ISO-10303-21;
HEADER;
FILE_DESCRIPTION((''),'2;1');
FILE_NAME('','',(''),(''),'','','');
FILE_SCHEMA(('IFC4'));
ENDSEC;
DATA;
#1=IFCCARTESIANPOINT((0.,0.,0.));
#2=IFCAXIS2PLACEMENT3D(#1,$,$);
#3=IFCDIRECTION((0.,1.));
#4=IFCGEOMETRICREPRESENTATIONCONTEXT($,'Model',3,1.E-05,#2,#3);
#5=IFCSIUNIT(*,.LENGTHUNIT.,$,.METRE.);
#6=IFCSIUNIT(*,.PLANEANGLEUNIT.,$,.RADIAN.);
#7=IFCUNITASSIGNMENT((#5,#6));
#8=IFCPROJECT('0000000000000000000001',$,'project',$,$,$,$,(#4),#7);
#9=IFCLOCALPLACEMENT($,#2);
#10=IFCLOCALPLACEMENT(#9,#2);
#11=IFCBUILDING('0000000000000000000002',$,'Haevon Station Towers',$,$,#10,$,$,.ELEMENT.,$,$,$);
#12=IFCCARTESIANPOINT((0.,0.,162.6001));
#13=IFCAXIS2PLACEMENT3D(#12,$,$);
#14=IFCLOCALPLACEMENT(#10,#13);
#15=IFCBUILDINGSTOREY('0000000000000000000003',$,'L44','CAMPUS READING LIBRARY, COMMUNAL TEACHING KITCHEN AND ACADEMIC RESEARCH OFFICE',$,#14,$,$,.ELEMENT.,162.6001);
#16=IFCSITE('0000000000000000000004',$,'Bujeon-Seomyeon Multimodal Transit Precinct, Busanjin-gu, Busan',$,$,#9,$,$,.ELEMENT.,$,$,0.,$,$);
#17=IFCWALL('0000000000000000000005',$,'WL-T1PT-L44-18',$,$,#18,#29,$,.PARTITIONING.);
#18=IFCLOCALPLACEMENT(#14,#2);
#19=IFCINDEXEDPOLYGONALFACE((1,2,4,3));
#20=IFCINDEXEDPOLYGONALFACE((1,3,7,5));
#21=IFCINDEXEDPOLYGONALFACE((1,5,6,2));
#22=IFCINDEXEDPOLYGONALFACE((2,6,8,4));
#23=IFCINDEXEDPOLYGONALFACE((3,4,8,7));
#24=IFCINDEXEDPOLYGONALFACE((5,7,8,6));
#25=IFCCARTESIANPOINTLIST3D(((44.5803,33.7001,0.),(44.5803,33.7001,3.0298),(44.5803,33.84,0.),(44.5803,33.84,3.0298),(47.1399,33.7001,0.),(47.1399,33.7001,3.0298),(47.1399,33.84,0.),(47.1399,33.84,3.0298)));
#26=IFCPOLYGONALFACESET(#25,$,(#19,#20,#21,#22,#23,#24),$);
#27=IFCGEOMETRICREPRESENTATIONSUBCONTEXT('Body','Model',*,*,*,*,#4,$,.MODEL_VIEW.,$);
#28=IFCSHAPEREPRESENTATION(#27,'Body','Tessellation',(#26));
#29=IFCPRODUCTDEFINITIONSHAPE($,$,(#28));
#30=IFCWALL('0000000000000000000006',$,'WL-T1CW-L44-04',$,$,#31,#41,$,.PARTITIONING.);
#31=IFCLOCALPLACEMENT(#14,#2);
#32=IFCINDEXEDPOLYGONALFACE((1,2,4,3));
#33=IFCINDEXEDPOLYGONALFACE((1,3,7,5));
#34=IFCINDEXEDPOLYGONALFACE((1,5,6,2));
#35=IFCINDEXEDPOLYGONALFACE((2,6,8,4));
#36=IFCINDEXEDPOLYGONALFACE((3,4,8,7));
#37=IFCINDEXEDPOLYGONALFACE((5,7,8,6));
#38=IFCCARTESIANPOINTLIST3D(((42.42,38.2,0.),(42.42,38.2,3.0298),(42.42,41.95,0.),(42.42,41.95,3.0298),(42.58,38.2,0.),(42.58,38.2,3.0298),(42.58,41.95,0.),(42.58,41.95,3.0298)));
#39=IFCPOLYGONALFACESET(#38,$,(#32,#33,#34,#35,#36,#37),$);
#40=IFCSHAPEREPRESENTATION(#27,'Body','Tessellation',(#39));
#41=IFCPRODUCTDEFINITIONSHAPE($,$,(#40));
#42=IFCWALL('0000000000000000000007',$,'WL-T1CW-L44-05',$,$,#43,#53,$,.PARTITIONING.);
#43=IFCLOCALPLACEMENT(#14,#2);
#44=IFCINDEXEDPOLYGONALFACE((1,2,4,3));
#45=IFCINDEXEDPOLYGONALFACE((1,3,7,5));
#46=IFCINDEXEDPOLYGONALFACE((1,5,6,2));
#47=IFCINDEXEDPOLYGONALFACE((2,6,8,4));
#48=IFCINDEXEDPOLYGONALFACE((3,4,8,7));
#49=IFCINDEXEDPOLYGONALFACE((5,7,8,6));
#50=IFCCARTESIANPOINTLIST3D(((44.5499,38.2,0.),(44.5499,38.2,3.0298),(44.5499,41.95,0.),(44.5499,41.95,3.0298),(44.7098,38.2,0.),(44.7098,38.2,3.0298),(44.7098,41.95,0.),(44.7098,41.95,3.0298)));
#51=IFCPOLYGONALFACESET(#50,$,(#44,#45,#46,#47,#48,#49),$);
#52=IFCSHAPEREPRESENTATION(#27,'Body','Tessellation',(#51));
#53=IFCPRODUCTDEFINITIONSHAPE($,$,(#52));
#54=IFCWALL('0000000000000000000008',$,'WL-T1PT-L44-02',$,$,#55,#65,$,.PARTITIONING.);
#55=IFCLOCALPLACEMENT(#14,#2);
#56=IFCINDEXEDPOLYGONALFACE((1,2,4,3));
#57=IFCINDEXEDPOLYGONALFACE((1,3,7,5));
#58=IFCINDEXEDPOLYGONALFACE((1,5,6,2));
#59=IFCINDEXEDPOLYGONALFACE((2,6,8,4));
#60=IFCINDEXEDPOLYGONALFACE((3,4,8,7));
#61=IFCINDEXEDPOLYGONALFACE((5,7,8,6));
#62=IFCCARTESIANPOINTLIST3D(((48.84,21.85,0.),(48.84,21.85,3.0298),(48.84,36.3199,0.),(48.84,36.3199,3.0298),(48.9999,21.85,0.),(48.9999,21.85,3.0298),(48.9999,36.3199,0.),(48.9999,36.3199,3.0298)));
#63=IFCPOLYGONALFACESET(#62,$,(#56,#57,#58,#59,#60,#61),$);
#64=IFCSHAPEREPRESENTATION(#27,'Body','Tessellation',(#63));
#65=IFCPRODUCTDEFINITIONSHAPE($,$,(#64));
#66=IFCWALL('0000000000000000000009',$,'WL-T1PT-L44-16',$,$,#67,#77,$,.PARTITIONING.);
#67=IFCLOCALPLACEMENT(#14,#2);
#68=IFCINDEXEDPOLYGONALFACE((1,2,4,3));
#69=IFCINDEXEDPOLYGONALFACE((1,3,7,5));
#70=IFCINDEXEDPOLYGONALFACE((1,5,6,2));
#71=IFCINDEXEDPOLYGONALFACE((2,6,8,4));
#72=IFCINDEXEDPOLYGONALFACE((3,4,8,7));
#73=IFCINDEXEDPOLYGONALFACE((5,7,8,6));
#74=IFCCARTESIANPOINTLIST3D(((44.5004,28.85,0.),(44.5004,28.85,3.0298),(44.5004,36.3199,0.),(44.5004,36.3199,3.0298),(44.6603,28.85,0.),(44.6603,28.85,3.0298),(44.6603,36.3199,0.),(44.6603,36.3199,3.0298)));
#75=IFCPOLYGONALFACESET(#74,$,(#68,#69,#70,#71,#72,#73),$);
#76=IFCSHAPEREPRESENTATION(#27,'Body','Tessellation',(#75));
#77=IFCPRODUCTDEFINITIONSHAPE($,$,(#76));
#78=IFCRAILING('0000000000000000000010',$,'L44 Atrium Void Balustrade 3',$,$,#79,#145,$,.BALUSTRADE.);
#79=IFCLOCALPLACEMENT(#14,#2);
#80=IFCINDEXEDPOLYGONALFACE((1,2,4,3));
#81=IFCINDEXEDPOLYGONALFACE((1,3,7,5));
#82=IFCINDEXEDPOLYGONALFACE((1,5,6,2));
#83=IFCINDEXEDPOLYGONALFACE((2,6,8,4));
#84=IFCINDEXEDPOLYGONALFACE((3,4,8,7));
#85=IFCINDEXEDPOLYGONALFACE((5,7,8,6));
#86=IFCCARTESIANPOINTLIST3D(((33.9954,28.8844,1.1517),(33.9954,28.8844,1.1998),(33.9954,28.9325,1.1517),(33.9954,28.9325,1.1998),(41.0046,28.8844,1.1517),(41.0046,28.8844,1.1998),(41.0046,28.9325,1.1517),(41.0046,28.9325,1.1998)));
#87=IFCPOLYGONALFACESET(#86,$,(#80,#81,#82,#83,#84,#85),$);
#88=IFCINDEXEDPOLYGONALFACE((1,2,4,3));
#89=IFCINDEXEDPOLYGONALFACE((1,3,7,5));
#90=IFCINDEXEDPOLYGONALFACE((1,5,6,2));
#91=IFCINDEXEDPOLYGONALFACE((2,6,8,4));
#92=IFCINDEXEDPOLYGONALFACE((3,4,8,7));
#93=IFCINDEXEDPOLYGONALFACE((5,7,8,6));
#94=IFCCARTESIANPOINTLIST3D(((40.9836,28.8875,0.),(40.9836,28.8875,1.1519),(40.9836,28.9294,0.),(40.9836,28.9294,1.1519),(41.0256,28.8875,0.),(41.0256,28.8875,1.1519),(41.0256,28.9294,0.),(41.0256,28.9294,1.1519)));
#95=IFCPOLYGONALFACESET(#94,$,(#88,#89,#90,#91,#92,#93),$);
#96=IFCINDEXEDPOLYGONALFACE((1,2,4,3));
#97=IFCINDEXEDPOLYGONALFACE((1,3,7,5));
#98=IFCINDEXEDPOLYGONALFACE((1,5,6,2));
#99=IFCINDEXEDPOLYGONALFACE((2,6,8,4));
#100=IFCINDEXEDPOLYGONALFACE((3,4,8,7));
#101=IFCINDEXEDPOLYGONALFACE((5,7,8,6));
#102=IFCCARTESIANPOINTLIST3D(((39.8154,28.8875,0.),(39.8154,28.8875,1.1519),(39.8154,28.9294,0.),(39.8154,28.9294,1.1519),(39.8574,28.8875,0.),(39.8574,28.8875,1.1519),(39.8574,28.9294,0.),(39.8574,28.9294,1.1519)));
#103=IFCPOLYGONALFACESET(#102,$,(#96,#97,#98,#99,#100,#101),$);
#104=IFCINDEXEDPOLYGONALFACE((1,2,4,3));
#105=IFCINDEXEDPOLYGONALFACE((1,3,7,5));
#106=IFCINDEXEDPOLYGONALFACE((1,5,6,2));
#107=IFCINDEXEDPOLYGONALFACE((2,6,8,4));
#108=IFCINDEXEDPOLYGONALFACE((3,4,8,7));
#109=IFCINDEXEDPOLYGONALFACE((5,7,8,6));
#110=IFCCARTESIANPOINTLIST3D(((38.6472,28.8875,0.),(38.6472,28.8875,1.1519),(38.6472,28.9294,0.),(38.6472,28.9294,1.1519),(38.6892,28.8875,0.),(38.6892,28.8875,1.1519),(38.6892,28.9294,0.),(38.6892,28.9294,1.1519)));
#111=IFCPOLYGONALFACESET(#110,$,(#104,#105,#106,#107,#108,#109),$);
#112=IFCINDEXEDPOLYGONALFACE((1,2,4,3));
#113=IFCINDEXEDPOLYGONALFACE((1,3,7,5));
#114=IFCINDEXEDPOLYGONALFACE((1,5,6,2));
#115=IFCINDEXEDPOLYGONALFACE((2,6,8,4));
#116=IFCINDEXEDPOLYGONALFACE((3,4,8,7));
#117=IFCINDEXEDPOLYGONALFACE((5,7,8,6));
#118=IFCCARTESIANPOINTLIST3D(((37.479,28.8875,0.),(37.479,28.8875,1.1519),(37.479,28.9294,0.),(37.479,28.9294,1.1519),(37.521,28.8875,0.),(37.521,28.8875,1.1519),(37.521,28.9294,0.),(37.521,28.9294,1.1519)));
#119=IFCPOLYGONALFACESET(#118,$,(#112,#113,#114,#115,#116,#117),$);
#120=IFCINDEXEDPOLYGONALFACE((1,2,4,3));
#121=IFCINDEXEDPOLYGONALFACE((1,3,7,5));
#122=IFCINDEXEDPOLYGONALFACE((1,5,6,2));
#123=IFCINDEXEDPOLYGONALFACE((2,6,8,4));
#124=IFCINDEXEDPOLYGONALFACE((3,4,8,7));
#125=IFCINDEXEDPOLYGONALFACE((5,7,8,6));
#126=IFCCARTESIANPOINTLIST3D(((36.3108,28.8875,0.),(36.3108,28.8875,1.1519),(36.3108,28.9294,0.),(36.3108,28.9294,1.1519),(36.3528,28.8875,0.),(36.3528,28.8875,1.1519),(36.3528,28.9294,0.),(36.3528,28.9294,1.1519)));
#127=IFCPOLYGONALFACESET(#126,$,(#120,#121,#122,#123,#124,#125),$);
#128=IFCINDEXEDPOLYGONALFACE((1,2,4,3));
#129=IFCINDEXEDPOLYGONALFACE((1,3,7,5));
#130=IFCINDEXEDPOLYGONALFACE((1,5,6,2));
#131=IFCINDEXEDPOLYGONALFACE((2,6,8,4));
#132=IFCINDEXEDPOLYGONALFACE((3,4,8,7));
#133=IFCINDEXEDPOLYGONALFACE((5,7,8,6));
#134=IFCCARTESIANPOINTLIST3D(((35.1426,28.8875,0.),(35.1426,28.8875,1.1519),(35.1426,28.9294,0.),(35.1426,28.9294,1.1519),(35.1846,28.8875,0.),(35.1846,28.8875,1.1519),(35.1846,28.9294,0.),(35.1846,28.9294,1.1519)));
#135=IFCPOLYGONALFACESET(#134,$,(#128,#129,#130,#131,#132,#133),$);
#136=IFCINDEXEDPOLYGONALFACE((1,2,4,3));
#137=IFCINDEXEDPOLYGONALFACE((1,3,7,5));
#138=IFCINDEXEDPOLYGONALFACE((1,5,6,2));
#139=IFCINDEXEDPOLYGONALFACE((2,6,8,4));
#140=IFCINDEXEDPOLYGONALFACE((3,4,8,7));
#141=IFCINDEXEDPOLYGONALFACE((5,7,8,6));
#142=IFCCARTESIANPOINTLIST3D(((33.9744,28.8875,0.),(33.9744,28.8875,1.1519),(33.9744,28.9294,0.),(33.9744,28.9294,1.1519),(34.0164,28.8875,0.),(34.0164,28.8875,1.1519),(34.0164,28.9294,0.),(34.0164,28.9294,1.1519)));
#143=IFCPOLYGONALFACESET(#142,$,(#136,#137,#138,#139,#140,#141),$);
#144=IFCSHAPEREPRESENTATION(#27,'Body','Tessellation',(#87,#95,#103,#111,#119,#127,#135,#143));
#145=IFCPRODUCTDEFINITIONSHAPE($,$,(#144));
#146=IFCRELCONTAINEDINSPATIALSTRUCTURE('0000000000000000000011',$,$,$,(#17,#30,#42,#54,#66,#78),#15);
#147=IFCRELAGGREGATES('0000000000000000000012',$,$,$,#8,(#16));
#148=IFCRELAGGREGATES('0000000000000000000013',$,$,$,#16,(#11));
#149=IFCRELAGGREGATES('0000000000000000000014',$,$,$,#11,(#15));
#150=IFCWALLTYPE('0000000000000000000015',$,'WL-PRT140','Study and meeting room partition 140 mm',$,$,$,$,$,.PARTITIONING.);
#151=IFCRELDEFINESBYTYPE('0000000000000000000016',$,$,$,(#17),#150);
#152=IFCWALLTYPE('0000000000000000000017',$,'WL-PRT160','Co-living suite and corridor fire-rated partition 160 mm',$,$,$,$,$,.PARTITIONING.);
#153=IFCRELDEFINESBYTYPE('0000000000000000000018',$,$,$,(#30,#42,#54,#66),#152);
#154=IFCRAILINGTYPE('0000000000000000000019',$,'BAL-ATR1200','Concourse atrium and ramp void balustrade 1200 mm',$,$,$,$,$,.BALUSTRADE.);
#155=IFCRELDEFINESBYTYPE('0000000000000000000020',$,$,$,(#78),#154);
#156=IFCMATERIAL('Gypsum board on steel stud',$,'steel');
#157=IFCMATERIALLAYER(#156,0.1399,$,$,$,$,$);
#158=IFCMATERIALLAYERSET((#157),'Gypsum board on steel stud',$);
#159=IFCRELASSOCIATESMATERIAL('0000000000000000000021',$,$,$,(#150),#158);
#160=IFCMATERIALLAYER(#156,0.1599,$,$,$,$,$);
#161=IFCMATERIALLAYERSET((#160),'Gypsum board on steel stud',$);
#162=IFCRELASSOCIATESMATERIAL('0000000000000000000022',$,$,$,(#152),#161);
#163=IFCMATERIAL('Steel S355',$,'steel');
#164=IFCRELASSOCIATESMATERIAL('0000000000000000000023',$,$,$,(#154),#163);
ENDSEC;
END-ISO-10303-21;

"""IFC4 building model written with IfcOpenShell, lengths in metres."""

from ifc_helpers import new_model, si_unit, direction, frame, frame_2d, origin, origin_2d, place, context, subcontext, project, spatial, rectangle, extrude, material, layer, layer_set, type_object, element, save


model = new_model("IFC4")

# Units and contexts
model_context = context("Model", 3, precision=1e-05, world=origin(), true_north=direction((0.0, 1.0)))
body_context = subcontext(model_context, "Body", "Model", "MODEL_VIEW")
ifc_project = project(units=[si_unit("LENGTHUNIT", "METRE"), si_unit("PLANEANGLEUNIT", "RADIAN")], contexts=[model_context])

# Site, building, storey
site_placement = place(None, origin())
site = spatial("IfcSite", under=ifc_project, at=site_placement, Name="Bujeon-Seomyeon Multimodal Transit Precinct, Busanjin-gu, Busan", CompositionType="ELEMENT", RefElevation=0.0)
building_placement = place(site_placement, origin())
building = spatial("IfcBuilding", under=site, at=building_placement, Name="Haevon Station Towers", CompositionType="ELEMENT")
storey_placement = place(building_placement, frame((0.0, 0.0, 162.6001)))
storey = spatial("IfcBuildingStorey", under=building, at=storey_placement, Name="L44", Description="CAMPUS READING LIBRARY, COMMUNAL TEACHING KITCHEN AND ACADEMIC RESEARCH OFFICE", CompositionType="ELEMENT", Elevation=162.6001)

# Shared definitions
ifc_material_1 = material(Name="Steel S355", Category="steel")

# Shared definitions
ifc_material_2 = material(Name="Gypsum board on steel stud", Category="steel")

# Walls
ifc_layer_1 = layer(ifc_material_2, 0.1399)
ifc_layer_set_1 = layer_set([ifc_layer_1], Name="Gypsum board on steel stud")
wall_type_1 = type_object("IfcWallType", Name="WL-PRT140", Description="Study and meeting room partition 140 mm", PredefinedType="PARTITIONING", material=ifc_layer_set_1)
wall_1_placement = place(storey_placement, frame((44.5803, 33.77, 0.0), z_axis=(0.0, 0.0, 1.0), x_axis=(1.0, 0.0, 0.0)))
element("IfcWall", 1, at=wall_1_placement, inside=storey, type_object=wall_type_1, Name="WL-T1PT-L44-18", PredefinedType="PARTITIONING", context=body_context, shape_type="SweptSolid", body=[
    extrude(rectangle(XDim=2.5596, YDim=0.1399, at=frame_2d((1.2798, 0.0))), origin(), (0.0, 0.0, 1.0), 3.0298),
])
ifc_layer_2 = layer(ifc_material_2, 0.1599)
ifc_layer_set_2 = layer_set([ifc_layer_2], Name="Gypsum board on steel stud")
wall_type_2 = type_object("IfcWallType", Name="WL-PRT160", Description="Co-living suite and corridor fire-rated partition 160 mm", PredefinedType="PARTITIONING", material=ifc_layer_set_2)
for number, where, z_axis, x_axis, name in (
    (2, (42.5, 38.2, 0.0), (0.0, 0.0, 1.0), (0.0, 1.0, 0.0), "WL-T1CW-L44-04"),
    (3, (44.6299, 38.2, 0.0), (0.0, 0.0, 1.0), (0.0, 1.0, 0.0), "WL-T1CW-L44-05"),
):
    element("IfcWall", number, at=place(storey_placement, frame(where, z_axis=z_axis, x_axis=x_axis)), inside=storey, type_object=wall_type_2, Name=name, PredefinedType="PARTITIONING", context=body_context, shape_type="SweptSolid", body=[
        extrude(rectangle(XDim=3.75, YDim=0.1599, at=frame_2d((1.875, 0.0))), origin(), (0.0, 0.0, 1.0), 3.0298),
    ])
wall_2_placement = place(storey_placement, frame((48.9199, 21.8501, 0.0), z_axis=(0.0, 0.0, 1.0), x_axis=(0.0, 1.0, 0.0)))
element("IfcWall", 4, at=wall_2_placement, inside=storey, type_object=wall_type_2, Name="WL-T1PT-L44-02", PredefinedType="PARTITIONING", context=body_context, shape_type="SweptSolid", body=[
    extrude(rectangle(XDim=14.47, YDim=0.1599, at=frame_2d((7.2349, 0.0))), origin(), (0.0, 0.0, 1.0), 3.0298),
])
wall_3_placement = place(storey_placement, frame((44.5803, 28.8501, 0.0), z_axis=(0.0, 0.0, 1.0), x_axis=(0.0, 1.0, 0.0)))
element("IfcWall", 5, at=wall_3_placement, inside=storey, type_object=wall_type_2, Name="WL-T1PT-L44-16", PredefinedType="PARTITIONING", context=body_context, shape_type="SweptSolid", body=[
    extrude(rectangle(XDim=7.47, YDim=0.1599, at=frame_2d((3.7349, 0.0))), origin(), (0.0, 0.0, 1.0), 3.0298),
])

# Railing
railing_type = type_object("IfcRailingType", Name="BAL-ATR1200", Description="Concourse atrium and ramp void balustrade 1200 mm", PredefinedType="BALUSTRADE", material=ifc_material_1)
railing_placement = place(storey_placement, frame((41.0046, 28.9084, 0.0)))
element("IfcRailing", 6, at=railing_placement, inside=storey, type_object=railing_type, Name="L44 Atrium Void Balustrade 3", PredefinedType="BALUSTRADE", context=body_context, shape_type="SweptSolid", body=[
    extrude(rectangle(XDim=0.0481, YDim=0.0481, at=origin_2d()), frame((0.0, 0.0, 1.1758), z_axis=(-1.0, 0.0, 0.0), x_axis=(0.0, -1.0, 0.0)), (0.0, 0.0, 1.0), 7.0093),
    extrude(rectangle(XDim=0.042, YDim=0.042, at=origin_2d()), origin(), (0.0, 0.0, 1.0), 1.1519),
    extrude(rectangle(XDim=0.042, YDim=0.042, at=origin_2d()), frame((-1.1682, 0.0, 0.0)), (0.0, 0.0, 1.0), 1.1519),
    extrude(rectangle(XDim=0.042, YDim=0.042, at=origin_2d()), frame((-2.3364, 0.0, 0.0)), (0.0, 0.0, 1.0), 1.1519),
    extrude(rectangle(XDim=0.042, YDim=0.042, at=origin_2d()), frame((-3.5046, 0.0, 0.0)), (0.0, 0.0, 1.0), 1.1519),
    extrude(rectangle(XDim=0.042, YDim=0.042, at=origin_2d()), frame((-4.6729, 0.0, 0.0)), (0.0, 0.0, 1.0), 1.1519),
    extrude(rectangle(XDim=0.042, YDim=0.042, at=origin_2d()), frame((-5.8411, 0.0, 0.0)), (0.0, 0.0, 1.0), 1.1519),
    extrude(rectangle(XDim=0.042, YDim=0.042, at=origin_2d()), frame((-7.0093, 0.0, 0.0)), (0.0, 0.0, 1.0), 1.1519),
])

save(model, "model.ifc")
